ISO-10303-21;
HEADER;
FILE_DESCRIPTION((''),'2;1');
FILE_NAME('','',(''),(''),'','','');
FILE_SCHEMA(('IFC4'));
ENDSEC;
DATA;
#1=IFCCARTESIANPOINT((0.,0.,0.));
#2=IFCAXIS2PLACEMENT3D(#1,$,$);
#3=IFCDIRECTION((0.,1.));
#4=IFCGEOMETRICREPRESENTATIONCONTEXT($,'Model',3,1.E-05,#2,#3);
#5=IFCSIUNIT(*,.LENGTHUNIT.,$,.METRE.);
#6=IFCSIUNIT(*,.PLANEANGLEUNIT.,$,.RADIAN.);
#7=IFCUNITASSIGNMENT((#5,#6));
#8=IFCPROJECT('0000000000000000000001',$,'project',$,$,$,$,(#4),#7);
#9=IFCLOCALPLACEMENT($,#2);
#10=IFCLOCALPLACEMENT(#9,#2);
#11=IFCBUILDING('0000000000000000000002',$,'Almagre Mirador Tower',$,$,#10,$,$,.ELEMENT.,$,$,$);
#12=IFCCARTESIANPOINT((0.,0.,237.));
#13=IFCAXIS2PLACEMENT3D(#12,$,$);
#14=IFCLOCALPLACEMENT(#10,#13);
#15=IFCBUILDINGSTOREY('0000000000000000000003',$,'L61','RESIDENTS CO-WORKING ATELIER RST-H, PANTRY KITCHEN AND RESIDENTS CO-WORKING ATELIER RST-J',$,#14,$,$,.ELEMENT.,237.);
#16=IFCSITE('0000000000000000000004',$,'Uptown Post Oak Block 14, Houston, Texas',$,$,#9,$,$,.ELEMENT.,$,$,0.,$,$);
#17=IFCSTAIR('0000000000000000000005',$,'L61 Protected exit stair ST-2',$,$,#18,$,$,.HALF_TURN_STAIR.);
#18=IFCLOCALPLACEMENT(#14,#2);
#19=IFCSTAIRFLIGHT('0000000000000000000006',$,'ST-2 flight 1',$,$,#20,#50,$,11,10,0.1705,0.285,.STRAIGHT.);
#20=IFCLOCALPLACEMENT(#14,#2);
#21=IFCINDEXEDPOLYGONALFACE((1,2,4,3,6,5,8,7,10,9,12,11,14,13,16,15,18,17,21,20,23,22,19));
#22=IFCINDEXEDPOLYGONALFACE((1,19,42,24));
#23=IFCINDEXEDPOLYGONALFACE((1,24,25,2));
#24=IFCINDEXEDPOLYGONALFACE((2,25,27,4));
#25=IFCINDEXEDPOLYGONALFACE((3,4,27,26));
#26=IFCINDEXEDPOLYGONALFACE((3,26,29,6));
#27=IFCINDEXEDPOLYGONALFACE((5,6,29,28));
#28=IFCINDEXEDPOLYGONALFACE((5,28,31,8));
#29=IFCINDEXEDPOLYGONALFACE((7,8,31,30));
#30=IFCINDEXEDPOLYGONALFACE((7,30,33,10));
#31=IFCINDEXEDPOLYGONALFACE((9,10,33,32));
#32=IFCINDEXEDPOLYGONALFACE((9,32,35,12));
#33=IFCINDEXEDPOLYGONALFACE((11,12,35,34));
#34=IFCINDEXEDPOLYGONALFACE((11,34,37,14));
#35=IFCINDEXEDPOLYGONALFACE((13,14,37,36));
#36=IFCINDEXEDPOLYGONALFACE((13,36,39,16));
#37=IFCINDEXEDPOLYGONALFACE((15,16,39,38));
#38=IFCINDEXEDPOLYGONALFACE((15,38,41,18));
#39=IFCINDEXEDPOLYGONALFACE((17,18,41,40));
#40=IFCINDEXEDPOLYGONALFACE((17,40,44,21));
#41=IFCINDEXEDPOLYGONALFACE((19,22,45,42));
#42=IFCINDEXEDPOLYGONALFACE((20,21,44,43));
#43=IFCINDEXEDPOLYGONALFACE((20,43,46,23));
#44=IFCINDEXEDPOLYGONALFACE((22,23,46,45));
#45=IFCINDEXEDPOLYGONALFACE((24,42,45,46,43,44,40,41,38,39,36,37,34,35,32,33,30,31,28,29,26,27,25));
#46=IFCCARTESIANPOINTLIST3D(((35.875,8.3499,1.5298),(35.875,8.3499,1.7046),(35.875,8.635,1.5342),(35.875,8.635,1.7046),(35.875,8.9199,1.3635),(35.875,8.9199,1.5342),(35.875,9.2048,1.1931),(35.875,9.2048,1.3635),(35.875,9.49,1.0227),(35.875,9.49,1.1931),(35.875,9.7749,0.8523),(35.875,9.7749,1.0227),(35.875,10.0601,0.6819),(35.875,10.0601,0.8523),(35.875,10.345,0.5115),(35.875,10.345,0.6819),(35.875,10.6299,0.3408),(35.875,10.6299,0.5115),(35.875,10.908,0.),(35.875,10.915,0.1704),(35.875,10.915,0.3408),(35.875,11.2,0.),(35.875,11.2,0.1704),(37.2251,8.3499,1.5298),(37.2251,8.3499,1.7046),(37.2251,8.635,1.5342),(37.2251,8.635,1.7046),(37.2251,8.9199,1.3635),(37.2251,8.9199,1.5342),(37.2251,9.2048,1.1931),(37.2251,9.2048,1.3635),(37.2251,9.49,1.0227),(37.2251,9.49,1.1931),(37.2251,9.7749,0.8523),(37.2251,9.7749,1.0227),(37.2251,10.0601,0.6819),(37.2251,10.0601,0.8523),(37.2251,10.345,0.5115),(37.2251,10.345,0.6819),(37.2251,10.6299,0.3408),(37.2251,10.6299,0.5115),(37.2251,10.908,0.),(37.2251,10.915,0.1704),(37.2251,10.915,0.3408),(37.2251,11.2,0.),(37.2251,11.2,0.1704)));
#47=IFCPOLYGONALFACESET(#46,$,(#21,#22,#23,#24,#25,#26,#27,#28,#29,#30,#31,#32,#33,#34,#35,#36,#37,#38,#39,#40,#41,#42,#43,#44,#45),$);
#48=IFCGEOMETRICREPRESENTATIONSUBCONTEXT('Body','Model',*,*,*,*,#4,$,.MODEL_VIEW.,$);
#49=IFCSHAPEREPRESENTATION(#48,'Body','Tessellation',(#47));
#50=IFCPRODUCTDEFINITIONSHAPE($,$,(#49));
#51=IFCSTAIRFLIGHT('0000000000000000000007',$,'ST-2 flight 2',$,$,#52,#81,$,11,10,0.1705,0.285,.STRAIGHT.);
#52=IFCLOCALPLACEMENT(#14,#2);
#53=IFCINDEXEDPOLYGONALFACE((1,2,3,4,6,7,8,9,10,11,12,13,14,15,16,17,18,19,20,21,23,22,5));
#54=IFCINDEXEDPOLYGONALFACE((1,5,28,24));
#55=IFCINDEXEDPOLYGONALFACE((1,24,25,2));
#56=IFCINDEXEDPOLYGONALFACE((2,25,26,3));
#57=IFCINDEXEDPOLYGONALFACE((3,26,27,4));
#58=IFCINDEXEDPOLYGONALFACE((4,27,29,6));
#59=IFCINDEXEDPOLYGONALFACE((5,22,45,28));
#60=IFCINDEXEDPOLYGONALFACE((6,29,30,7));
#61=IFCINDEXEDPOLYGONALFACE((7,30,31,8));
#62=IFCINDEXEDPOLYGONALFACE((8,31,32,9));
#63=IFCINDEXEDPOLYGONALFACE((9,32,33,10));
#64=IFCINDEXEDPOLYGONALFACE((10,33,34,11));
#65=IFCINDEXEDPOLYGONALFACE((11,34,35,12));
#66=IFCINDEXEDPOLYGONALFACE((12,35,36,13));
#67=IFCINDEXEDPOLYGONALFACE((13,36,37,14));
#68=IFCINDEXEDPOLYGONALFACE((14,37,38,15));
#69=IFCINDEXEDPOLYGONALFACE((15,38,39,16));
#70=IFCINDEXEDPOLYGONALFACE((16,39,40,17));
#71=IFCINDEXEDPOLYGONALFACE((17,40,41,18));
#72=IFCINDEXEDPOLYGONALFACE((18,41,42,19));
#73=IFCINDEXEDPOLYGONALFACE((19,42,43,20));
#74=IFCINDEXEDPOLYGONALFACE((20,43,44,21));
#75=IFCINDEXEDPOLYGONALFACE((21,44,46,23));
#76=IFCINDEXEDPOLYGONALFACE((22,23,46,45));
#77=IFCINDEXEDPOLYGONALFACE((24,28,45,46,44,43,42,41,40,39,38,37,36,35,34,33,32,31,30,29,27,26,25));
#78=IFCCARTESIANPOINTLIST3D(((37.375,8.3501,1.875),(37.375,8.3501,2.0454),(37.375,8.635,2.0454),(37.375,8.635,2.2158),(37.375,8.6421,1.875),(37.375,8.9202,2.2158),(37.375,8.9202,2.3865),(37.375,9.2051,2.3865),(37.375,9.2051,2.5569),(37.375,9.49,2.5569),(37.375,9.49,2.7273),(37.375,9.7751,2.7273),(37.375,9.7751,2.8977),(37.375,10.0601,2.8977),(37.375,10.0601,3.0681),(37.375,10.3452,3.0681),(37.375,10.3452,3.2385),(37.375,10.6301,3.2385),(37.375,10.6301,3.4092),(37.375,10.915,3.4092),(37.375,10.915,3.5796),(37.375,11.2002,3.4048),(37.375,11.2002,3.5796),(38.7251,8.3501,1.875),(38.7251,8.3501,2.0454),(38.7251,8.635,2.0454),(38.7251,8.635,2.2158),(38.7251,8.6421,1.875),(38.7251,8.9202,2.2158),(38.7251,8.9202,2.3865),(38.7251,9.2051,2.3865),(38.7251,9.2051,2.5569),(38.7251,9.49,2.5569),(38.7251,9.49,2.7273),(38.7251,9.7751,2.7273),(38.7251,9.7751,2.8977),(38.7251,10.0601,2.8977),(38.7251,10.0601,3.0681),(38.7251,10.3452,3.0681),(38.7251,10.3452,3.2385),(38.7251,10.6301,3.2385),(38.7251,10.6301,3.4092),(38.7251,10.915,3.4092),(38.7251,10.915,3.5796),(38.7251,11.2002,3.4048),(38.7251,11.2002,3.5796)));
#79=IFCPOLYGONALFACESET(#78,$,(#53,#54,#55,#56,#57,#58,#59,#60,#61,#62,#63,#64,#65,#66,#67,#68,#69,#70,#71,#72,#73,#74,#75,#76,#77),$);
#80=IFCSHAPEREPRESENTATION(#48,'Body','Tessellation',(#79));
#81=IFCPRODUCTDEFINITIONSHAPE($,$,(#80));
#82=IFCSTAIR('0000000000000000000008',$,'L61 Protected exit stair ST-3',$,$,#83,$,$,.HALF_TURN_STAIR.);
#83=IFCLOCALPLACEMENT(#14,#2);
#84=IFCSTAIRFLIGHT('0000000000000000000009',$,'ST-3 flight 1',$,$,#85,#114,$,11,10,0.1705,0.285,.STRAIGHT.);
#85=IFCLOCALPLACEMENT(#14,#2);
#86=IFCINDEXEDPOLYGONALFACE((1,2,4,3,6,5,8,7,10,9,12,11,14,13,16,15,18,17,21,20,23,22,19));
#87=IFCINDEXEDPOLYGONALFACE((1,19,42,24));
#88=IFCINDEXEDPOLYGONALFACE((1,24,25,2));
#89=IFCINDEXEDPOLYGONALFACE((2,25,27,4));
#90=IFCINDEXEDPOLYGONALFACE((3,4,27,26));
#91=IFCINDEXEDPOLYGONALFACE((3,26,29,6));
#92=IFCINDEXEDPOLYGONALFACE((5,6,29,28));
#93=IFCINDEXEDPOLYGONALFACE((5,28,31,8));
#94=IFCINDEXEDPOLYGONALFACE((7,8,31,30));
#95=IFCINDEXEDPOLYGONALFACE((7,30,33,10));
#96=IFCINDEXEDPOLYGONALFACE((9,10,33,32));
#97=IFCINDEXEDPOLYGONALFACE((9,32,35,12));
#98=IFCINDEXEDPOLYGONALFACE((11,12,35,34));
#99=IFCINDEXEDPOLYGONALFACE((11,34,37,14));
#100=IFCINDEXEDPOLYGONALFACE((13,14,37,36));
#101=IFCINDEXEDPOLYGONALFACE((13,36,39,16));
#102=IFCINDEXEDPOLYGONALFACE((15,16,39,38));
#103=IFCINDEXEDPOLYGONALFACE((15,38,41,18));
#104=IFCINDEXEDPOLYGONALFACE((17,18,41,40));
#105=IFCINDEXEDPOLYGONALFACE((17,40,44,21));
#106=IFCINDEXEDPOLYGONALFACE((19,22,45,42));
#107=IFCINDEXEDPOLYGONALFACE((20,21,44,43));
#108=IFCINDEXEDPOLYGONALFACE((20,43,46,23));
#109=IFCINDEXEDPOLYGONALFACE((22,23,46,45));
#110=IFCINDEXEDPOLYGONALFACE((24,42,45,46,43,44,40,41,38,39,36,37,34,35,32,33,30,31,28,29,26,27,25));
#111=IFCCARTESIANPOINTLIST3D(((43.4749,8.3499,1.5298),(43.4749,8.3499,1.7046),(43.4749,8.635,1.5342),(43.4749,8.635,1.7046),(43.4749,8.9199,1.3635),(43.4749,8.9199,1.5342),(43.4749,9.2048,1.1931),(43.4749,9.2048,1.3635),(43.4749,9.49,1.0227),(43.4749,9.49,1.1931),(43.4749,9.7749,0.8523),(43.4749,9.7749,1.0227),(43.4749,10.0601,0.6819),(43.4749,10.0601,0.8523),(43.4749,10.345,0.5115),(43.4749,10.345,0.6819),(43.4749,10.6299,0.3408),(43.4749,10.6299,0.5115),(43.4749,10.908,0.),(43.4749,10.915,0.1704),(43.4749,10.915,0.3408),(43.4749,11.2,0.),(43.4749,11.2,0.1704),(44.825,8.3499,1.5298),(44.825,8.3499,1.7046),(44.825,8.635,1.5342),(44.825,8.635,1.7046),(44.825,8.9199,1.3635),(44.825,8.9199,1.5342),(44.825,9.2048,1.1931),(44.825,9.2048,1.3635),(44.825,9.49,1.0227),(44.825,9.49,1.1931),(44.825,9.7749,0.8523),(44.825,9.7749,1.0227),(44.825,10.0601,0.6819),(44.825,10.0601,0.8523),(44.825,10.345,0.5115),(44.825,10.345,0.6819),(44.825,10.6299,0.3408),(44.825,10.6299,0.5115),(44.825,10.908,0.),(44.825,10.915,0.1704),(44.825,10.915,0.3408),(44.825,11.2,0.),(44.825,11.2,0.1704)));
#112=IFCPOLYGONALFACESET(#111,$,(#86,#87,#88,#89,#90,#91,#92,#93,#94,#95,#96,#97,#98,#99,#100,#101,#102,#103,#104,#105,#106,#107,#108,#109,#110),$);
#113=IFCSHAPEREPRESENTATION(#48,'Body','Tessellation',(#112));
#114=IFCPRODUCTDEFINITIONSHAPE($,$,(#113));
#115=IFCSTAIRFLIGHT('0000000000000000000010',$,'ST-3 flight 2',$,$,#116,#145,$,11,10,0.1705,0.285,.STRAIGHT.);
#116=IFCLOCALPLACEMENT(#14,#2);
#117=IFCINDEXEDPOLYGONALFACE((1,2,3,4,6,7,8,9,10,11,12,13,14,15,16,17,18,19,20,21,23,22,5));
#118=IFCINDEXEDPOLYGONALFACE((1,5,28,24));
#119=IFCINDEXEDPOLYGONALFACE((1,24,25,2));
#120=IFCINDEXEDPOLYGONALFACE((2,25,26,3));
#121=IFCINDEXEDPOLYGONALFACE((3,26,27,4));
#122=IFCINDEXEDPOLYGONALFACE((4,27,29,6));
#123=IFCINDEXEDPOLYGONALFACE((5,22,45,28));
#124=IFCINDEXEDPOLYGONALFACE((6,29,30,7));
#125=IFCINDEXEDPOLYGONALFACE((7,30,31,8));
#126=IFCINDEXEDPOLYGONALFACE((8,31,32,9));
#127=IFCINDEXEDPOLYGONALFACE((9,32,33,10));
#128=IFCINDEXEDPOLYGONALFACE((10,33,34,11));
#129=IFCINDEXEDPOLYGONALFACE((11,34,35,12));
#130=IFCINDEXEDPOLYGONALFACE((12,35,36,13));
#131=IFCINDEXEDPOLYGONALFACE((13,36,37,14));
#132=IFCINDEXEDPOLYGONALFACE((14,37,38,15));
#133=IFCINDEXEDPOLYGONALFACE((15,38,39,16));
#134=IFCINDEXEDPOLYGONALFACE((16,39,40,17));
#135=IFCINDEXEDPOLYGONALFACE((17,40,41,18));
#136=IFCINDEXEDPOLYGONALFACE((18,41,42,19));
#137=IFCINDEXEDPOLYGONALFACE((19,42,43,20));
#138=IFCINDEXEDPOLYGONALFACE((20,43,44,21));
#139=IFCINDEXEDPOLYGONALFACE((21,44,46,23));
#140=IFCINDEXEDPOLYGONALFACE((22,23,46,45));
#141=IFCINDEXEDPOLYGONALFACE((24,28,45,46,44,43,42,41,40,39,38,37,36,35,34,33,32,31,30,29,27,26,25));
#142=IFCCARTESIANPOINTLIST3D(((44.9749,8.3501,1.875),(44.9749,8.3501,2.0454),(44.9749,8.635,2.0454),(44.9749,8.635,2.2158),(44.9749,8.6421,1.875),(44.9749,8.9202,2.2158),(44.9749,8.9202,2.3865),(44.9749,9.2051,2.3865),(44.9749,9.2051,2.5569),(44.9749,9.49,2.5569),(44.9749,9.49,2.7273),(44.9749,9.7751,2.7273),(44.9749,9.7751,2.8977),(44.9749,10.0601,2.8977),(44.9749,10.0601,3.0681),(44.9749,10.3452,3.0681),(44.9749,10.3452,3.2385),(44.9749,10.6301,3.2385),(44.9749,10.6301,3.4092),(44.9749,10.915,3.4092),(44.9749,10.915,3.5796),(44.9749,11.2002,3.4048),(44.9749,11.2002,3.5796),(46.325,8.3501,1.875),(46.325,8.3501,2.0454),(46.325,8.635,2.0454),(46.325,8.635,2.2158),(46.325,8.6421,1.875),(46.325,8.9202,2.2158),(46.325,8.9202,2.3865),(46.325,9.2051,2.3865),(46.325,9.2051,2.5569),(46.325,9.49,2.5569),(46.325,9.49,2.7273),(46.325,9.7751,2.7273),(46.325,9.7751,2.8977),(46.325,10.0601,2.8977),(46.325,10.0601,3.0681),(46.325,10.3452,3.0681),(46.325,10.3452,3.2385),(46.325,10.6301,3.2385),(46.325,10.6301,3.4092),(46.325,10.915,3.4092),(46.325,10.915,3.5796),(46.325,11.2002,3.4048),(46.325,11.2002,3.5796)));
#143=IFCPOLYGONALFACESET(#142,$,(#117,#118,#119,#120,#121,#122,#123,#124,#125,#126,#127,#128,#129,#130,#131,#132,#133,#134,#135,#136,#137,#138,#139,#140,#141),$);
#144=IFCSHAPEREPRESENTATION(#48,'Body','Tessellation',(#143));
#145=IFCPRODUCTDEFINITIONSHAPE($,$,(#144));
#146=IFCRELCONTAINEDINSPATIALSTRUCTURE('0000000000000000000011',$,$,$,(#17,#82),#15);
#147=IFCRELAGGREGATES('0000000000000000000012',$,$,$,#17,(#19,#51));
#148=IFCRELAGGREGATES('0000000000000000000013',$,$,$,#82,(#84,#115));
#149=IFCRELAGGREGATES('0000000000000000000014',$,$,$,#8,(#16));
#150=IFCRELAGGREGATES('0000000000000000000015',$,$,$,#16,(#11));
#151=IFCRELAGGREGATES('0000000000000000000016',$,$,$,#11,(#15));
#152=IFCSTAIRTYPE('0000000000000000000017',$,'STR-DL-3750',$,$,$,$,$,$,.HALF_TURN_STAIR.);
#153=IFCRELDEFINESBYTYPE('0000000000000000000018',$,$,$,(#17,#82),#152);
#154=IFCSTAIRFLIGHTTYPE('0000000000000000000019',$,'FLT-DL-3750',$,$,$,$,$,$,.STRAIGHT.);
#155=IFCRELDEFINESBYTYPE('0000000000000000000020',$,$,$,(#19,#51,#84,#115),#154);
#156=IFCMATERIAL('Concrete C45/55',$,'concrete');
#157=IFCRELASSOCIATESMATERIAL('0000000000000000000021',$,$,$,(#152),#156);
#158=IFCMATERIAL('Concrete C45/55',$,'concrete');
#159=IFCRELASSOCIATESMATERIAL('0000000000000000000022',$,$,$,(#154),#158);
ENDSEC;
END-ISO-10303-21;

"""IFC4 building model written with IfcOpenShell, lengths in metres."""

from ifc_helpers import new_model, si_unit, direction, frame, origin, place, context, subcontext, project, spatial, polyline, outline, extrude, material, type_object, element, aggregate, save


model = new_model("IFC4")

# Units and contexts
model_context = context("Model", 3, precision=1e-05, world=origin(), true_north=direction((0.0, 1.0)))
body_context = subcontext(model_context, "Body", "Model", "MODEL_VIEW")
ifc_project = project(units=[si_unit("LENGTHUNIT", "METRE"), si_unit("PLANEANGLEUNIT", "RADIAN")], contexts=[model_context])

# Site, building, storey
site_placement = place(None, origin())
site = spatial("IfcSite", under=ifc_project, at=site_placement, Name="Uptown Post Oak Block 14, Houston, Texas", CompositionType="ELEMENT", RefElevation=0.0)
building_placement = place(site_placement, origin())
building = spatial("IfcBuilding", under=site, at=building_placement, Name="Almagre Mirador Tower", CompositionType="ELEMENT")
storey_placement = place(building_placement, frame((0.0, 0.0, 237.0)))
storey = spatial("IfcBuildingStorey", under=building, at=storey_placement, Name="L61", Description="RESIDENTS CO-WORKING ATELIER RST-H, PANTRY KITCHEN AND RESIDENTS CO-WORKING ATELIER RST-J", CompositionType="ELEMENT", Elevation=237.0)

# Stairs, stair flights
ifc_material_1 = material(Name="Concrete C45/55", Category="concrete")
stair_type = type_object("IfcStairType", Name="STR-DL-3750", PredefinedType="HALF_TURN_STAIR", material=ifc_material_1)
stair_1_placement = place(storey_placement, origin())
stair_1 = element("IfcStair", 1, at=stair_1_placement, inside=storey, type_object=stair_type, Name="L61 Protected exit stair ST-2", PredefinedType="HALF_TURN_STAIR")
ifc_material_2 = material(Name="Concrete C45/55", Category="concrete")
stair_flight_type = type_object("IfcStairFlightType", Name="FLT-DL-3750", PredefinedType="STRAIGHT", material=ifc_material_2)
stair_flight_1_placement = place(storey_placement, frame((36.55, 11.2, 0.0), z_axis=(0.0, 0.0, 1.0), x_axis=(0.0, -1.0, 0.0)))
stair_flight_1 = element("IfcStairFlight", 2, at=stair_flight_1_placement, type_object=stair_flight_type, Name="ST-2 flight 1", NumberOfRisers=11, NumberOfTreads=10, PredefinedType="STRAIGHT", RiserHeight=0.1705, TreadLength=0.285, context=body_context, shape_type="SweptSolid", body=[
    extrude(outline(polyline([(0.0, 0.0), (0.0, 0.1704), (0.2849, 0.1704), (0.2849, 0.3408), (0.5701, 0.3408), (0.5701, 0.5115), (0.855, 0.5115), (0.855, 0.6819), (1.1399, 0.6819), (1.1399, 0.8523), (1.425, 0.8523), (1.425, 1.0227), (1.71, 1.0227), (1.71, 1.1931), (1.9951, 1.1931), (1.9951, 1.3635), (2.28, 1.3635), (2.28, 1.5342), (2.5649, 1.5342), (2.5649, 1.7046), (2.8501, 1.7046), (2.8501, 1.875), (2.8501, 1.5298), (0.292, 0.0), (0.0, 0.0)])), frame((0.0, 0.675, 0.0), z_axis=(0.0, -1.0, 0.0), x_axis=(1.0, 0.0, 0.0)), (0.0, 0.0, 1.0), 1.3501),
])
stair_flight_2_placement = place(storey_placement, frame((38.05, 8.3501, 1.875), z_axis=(0.0, 0.0, 1.0), x_axis=(0.0, 1.0, 0.0)))
stair_flight_2 = element("IfcStairFlight", 3, at=stair_flight_2_placement, type_object=stair_flight_type, Name="ST-2 flight 2", NumberOfRisers=11, NumberOfTreads=10, PredefinedType="STRAIGHT", RiserHeight=0.1705, TreadLength=0.285, context=body_context, shape_type="SweptSolid", body=[
    extrude(outline(polyline([(0.0, 0.0), (0.0, 0.1704), (0.2849, 0.1704), (0.2849, 0.3408), (0.5701, 0.3408), (0.5701, 0.5115), (0.855, 0.5115), (0.855, 0.6819), (1.1399, 0.6819), (1.1399, 0.8523), (1.425, 0.8523), (1.425, 1.0227), (1.71, 1.0227), (1.71, 1.1931), (1.9951, 1.1931), (1.9951, 1.3635), (2.28, 1.3635), (2.28, 1.5342), (2.5649, 1.5342), (2.5649, 1.7046), (2.8501, 1.7046), (2.8501, 1.875), (2.8501, 1.5298), (0.292, 0.0), (0.0, 0.0)])), frame((0.0, 0.675, 0.0), z_axis=(0.0, -1.0, 0.0), x_axis=(1.0, 0.0, 0.0)), (0.0, 0.0, 1.0), 1.3501),
])
aggregate(stair_1, [stair_flight_1, stair_flight_2])
stair_2_placement = place(storey_placement, origin())
stair_2 = element("IfcStair", 4, at=stair_2_placement, inside=storey, type_object=stair_type, Name="L61 Protected exit stair ST-3", PredefinedType="HALF_TURN_STAIR")
stair_flight_3_placement = place(storey_placement, frame((44.1499, 11.2, 0.0), z_axis=(0.0, 0.0, 1.0), x_axis=(0.0, -1.0, 0.0)))
stair_flight_3 = element("IfcStairFlight", 5, at=stair_flight_3_placement, type_object=stair_flight_type, Name="ST-3 flight 1", NumberOfRisers=11, NumberOfTreads=10, PredefinedType="STRAIGHT", RiserHeight=0.1705, TreadLength=0.285, context=body_context, shape_type="SweptSolid", body=[
    extrude(outline(polyline([(0.0, 0.0), (0.0, 0.1704), (0.2849, 0.1704), (0.2849, 0.3408), (0.5701, 0.3408), (0.5701, 0.5115), (0.855, 0.5115), (0.855, 0.6819), (1.1399, 0.6819), (1.1399, 0.8523), (1.425, 0.8523), (1.425, 1.0227), (1.71, 1.0227), (1.71, 1.1931), (1.9951, 1.1931), (1.9951, 1.3635), (2.28, 1.3635), (2.28, 1.5342), (2.5649, 1.5342), (2.5649, 1.7046), (2.8501, 1.7046), (2.8501, 1.875), (2.8501, 1.5298), (0.292, 0.0), (0.0, 0.0)])), frame((0.0, 0.675, 0.0), z_axis=(0.0, -1.0, 0.0), x_axis=(1.0, 0.0, 0.0)), (0.0, 0.0, 1.0), 1.3501),
])
stair_flight_4_placement = place(storey_placement, frame((45.6499, 8.3501, 1.875), z_axis=(0.0, 0.0, 1.0), x_axis=(0.0, 1.0, 0.0)))
stair_flight_4 = element("IfcStairFlight", 6, at=stair_flight_4_placement, type_object=stair_flight_type, Name="ST-3 flight 2", NumberOfRisers=11, NumberOfTreads=10, PredefinedType="STRAIGHT", RiserHeight=0.1705, TreadLength=0.285, context=body_context, shape_type="SweptSolid", body=[
    extrude(outline(polyline([(0.0, 0.0), (0.0, 0.1704), (0.2849, 0.1704), (0.2849, 0.3408), (0.5701, 0.3408), (0.5701, 0.5115), (0.855, 0.5115), (0.855, 0.6819), (1.1399, 0.6819), (1.1399, 0.8523), (1.425, 0.8523), (1.425, 1.0227), (1.71, 1.0227), (1.71, 1.1931), (1.9951, 1.1931), (1.9951, 1.3635), (2.28, 1.3635), (2.28, 1.5342), (2.5649, 1.5342), (2.5649, 1.7046), (2.8501, 1.7046), (2.8501, 1.875), (2.8501, 1.5298), (0.292, 0.0), (0.0, 0.0)])), frame((0.0, 0.675, 0.0), z_axis=(0.0, -1.0, 0.0), x_axis=(1.0, 0.0, 0.0)), (0.0, 0.0, 1.0), 1.3501),
])
aggregate(stair_2, [stair_flight_3, stair_flight_4])

save(model, "model.ifc")
